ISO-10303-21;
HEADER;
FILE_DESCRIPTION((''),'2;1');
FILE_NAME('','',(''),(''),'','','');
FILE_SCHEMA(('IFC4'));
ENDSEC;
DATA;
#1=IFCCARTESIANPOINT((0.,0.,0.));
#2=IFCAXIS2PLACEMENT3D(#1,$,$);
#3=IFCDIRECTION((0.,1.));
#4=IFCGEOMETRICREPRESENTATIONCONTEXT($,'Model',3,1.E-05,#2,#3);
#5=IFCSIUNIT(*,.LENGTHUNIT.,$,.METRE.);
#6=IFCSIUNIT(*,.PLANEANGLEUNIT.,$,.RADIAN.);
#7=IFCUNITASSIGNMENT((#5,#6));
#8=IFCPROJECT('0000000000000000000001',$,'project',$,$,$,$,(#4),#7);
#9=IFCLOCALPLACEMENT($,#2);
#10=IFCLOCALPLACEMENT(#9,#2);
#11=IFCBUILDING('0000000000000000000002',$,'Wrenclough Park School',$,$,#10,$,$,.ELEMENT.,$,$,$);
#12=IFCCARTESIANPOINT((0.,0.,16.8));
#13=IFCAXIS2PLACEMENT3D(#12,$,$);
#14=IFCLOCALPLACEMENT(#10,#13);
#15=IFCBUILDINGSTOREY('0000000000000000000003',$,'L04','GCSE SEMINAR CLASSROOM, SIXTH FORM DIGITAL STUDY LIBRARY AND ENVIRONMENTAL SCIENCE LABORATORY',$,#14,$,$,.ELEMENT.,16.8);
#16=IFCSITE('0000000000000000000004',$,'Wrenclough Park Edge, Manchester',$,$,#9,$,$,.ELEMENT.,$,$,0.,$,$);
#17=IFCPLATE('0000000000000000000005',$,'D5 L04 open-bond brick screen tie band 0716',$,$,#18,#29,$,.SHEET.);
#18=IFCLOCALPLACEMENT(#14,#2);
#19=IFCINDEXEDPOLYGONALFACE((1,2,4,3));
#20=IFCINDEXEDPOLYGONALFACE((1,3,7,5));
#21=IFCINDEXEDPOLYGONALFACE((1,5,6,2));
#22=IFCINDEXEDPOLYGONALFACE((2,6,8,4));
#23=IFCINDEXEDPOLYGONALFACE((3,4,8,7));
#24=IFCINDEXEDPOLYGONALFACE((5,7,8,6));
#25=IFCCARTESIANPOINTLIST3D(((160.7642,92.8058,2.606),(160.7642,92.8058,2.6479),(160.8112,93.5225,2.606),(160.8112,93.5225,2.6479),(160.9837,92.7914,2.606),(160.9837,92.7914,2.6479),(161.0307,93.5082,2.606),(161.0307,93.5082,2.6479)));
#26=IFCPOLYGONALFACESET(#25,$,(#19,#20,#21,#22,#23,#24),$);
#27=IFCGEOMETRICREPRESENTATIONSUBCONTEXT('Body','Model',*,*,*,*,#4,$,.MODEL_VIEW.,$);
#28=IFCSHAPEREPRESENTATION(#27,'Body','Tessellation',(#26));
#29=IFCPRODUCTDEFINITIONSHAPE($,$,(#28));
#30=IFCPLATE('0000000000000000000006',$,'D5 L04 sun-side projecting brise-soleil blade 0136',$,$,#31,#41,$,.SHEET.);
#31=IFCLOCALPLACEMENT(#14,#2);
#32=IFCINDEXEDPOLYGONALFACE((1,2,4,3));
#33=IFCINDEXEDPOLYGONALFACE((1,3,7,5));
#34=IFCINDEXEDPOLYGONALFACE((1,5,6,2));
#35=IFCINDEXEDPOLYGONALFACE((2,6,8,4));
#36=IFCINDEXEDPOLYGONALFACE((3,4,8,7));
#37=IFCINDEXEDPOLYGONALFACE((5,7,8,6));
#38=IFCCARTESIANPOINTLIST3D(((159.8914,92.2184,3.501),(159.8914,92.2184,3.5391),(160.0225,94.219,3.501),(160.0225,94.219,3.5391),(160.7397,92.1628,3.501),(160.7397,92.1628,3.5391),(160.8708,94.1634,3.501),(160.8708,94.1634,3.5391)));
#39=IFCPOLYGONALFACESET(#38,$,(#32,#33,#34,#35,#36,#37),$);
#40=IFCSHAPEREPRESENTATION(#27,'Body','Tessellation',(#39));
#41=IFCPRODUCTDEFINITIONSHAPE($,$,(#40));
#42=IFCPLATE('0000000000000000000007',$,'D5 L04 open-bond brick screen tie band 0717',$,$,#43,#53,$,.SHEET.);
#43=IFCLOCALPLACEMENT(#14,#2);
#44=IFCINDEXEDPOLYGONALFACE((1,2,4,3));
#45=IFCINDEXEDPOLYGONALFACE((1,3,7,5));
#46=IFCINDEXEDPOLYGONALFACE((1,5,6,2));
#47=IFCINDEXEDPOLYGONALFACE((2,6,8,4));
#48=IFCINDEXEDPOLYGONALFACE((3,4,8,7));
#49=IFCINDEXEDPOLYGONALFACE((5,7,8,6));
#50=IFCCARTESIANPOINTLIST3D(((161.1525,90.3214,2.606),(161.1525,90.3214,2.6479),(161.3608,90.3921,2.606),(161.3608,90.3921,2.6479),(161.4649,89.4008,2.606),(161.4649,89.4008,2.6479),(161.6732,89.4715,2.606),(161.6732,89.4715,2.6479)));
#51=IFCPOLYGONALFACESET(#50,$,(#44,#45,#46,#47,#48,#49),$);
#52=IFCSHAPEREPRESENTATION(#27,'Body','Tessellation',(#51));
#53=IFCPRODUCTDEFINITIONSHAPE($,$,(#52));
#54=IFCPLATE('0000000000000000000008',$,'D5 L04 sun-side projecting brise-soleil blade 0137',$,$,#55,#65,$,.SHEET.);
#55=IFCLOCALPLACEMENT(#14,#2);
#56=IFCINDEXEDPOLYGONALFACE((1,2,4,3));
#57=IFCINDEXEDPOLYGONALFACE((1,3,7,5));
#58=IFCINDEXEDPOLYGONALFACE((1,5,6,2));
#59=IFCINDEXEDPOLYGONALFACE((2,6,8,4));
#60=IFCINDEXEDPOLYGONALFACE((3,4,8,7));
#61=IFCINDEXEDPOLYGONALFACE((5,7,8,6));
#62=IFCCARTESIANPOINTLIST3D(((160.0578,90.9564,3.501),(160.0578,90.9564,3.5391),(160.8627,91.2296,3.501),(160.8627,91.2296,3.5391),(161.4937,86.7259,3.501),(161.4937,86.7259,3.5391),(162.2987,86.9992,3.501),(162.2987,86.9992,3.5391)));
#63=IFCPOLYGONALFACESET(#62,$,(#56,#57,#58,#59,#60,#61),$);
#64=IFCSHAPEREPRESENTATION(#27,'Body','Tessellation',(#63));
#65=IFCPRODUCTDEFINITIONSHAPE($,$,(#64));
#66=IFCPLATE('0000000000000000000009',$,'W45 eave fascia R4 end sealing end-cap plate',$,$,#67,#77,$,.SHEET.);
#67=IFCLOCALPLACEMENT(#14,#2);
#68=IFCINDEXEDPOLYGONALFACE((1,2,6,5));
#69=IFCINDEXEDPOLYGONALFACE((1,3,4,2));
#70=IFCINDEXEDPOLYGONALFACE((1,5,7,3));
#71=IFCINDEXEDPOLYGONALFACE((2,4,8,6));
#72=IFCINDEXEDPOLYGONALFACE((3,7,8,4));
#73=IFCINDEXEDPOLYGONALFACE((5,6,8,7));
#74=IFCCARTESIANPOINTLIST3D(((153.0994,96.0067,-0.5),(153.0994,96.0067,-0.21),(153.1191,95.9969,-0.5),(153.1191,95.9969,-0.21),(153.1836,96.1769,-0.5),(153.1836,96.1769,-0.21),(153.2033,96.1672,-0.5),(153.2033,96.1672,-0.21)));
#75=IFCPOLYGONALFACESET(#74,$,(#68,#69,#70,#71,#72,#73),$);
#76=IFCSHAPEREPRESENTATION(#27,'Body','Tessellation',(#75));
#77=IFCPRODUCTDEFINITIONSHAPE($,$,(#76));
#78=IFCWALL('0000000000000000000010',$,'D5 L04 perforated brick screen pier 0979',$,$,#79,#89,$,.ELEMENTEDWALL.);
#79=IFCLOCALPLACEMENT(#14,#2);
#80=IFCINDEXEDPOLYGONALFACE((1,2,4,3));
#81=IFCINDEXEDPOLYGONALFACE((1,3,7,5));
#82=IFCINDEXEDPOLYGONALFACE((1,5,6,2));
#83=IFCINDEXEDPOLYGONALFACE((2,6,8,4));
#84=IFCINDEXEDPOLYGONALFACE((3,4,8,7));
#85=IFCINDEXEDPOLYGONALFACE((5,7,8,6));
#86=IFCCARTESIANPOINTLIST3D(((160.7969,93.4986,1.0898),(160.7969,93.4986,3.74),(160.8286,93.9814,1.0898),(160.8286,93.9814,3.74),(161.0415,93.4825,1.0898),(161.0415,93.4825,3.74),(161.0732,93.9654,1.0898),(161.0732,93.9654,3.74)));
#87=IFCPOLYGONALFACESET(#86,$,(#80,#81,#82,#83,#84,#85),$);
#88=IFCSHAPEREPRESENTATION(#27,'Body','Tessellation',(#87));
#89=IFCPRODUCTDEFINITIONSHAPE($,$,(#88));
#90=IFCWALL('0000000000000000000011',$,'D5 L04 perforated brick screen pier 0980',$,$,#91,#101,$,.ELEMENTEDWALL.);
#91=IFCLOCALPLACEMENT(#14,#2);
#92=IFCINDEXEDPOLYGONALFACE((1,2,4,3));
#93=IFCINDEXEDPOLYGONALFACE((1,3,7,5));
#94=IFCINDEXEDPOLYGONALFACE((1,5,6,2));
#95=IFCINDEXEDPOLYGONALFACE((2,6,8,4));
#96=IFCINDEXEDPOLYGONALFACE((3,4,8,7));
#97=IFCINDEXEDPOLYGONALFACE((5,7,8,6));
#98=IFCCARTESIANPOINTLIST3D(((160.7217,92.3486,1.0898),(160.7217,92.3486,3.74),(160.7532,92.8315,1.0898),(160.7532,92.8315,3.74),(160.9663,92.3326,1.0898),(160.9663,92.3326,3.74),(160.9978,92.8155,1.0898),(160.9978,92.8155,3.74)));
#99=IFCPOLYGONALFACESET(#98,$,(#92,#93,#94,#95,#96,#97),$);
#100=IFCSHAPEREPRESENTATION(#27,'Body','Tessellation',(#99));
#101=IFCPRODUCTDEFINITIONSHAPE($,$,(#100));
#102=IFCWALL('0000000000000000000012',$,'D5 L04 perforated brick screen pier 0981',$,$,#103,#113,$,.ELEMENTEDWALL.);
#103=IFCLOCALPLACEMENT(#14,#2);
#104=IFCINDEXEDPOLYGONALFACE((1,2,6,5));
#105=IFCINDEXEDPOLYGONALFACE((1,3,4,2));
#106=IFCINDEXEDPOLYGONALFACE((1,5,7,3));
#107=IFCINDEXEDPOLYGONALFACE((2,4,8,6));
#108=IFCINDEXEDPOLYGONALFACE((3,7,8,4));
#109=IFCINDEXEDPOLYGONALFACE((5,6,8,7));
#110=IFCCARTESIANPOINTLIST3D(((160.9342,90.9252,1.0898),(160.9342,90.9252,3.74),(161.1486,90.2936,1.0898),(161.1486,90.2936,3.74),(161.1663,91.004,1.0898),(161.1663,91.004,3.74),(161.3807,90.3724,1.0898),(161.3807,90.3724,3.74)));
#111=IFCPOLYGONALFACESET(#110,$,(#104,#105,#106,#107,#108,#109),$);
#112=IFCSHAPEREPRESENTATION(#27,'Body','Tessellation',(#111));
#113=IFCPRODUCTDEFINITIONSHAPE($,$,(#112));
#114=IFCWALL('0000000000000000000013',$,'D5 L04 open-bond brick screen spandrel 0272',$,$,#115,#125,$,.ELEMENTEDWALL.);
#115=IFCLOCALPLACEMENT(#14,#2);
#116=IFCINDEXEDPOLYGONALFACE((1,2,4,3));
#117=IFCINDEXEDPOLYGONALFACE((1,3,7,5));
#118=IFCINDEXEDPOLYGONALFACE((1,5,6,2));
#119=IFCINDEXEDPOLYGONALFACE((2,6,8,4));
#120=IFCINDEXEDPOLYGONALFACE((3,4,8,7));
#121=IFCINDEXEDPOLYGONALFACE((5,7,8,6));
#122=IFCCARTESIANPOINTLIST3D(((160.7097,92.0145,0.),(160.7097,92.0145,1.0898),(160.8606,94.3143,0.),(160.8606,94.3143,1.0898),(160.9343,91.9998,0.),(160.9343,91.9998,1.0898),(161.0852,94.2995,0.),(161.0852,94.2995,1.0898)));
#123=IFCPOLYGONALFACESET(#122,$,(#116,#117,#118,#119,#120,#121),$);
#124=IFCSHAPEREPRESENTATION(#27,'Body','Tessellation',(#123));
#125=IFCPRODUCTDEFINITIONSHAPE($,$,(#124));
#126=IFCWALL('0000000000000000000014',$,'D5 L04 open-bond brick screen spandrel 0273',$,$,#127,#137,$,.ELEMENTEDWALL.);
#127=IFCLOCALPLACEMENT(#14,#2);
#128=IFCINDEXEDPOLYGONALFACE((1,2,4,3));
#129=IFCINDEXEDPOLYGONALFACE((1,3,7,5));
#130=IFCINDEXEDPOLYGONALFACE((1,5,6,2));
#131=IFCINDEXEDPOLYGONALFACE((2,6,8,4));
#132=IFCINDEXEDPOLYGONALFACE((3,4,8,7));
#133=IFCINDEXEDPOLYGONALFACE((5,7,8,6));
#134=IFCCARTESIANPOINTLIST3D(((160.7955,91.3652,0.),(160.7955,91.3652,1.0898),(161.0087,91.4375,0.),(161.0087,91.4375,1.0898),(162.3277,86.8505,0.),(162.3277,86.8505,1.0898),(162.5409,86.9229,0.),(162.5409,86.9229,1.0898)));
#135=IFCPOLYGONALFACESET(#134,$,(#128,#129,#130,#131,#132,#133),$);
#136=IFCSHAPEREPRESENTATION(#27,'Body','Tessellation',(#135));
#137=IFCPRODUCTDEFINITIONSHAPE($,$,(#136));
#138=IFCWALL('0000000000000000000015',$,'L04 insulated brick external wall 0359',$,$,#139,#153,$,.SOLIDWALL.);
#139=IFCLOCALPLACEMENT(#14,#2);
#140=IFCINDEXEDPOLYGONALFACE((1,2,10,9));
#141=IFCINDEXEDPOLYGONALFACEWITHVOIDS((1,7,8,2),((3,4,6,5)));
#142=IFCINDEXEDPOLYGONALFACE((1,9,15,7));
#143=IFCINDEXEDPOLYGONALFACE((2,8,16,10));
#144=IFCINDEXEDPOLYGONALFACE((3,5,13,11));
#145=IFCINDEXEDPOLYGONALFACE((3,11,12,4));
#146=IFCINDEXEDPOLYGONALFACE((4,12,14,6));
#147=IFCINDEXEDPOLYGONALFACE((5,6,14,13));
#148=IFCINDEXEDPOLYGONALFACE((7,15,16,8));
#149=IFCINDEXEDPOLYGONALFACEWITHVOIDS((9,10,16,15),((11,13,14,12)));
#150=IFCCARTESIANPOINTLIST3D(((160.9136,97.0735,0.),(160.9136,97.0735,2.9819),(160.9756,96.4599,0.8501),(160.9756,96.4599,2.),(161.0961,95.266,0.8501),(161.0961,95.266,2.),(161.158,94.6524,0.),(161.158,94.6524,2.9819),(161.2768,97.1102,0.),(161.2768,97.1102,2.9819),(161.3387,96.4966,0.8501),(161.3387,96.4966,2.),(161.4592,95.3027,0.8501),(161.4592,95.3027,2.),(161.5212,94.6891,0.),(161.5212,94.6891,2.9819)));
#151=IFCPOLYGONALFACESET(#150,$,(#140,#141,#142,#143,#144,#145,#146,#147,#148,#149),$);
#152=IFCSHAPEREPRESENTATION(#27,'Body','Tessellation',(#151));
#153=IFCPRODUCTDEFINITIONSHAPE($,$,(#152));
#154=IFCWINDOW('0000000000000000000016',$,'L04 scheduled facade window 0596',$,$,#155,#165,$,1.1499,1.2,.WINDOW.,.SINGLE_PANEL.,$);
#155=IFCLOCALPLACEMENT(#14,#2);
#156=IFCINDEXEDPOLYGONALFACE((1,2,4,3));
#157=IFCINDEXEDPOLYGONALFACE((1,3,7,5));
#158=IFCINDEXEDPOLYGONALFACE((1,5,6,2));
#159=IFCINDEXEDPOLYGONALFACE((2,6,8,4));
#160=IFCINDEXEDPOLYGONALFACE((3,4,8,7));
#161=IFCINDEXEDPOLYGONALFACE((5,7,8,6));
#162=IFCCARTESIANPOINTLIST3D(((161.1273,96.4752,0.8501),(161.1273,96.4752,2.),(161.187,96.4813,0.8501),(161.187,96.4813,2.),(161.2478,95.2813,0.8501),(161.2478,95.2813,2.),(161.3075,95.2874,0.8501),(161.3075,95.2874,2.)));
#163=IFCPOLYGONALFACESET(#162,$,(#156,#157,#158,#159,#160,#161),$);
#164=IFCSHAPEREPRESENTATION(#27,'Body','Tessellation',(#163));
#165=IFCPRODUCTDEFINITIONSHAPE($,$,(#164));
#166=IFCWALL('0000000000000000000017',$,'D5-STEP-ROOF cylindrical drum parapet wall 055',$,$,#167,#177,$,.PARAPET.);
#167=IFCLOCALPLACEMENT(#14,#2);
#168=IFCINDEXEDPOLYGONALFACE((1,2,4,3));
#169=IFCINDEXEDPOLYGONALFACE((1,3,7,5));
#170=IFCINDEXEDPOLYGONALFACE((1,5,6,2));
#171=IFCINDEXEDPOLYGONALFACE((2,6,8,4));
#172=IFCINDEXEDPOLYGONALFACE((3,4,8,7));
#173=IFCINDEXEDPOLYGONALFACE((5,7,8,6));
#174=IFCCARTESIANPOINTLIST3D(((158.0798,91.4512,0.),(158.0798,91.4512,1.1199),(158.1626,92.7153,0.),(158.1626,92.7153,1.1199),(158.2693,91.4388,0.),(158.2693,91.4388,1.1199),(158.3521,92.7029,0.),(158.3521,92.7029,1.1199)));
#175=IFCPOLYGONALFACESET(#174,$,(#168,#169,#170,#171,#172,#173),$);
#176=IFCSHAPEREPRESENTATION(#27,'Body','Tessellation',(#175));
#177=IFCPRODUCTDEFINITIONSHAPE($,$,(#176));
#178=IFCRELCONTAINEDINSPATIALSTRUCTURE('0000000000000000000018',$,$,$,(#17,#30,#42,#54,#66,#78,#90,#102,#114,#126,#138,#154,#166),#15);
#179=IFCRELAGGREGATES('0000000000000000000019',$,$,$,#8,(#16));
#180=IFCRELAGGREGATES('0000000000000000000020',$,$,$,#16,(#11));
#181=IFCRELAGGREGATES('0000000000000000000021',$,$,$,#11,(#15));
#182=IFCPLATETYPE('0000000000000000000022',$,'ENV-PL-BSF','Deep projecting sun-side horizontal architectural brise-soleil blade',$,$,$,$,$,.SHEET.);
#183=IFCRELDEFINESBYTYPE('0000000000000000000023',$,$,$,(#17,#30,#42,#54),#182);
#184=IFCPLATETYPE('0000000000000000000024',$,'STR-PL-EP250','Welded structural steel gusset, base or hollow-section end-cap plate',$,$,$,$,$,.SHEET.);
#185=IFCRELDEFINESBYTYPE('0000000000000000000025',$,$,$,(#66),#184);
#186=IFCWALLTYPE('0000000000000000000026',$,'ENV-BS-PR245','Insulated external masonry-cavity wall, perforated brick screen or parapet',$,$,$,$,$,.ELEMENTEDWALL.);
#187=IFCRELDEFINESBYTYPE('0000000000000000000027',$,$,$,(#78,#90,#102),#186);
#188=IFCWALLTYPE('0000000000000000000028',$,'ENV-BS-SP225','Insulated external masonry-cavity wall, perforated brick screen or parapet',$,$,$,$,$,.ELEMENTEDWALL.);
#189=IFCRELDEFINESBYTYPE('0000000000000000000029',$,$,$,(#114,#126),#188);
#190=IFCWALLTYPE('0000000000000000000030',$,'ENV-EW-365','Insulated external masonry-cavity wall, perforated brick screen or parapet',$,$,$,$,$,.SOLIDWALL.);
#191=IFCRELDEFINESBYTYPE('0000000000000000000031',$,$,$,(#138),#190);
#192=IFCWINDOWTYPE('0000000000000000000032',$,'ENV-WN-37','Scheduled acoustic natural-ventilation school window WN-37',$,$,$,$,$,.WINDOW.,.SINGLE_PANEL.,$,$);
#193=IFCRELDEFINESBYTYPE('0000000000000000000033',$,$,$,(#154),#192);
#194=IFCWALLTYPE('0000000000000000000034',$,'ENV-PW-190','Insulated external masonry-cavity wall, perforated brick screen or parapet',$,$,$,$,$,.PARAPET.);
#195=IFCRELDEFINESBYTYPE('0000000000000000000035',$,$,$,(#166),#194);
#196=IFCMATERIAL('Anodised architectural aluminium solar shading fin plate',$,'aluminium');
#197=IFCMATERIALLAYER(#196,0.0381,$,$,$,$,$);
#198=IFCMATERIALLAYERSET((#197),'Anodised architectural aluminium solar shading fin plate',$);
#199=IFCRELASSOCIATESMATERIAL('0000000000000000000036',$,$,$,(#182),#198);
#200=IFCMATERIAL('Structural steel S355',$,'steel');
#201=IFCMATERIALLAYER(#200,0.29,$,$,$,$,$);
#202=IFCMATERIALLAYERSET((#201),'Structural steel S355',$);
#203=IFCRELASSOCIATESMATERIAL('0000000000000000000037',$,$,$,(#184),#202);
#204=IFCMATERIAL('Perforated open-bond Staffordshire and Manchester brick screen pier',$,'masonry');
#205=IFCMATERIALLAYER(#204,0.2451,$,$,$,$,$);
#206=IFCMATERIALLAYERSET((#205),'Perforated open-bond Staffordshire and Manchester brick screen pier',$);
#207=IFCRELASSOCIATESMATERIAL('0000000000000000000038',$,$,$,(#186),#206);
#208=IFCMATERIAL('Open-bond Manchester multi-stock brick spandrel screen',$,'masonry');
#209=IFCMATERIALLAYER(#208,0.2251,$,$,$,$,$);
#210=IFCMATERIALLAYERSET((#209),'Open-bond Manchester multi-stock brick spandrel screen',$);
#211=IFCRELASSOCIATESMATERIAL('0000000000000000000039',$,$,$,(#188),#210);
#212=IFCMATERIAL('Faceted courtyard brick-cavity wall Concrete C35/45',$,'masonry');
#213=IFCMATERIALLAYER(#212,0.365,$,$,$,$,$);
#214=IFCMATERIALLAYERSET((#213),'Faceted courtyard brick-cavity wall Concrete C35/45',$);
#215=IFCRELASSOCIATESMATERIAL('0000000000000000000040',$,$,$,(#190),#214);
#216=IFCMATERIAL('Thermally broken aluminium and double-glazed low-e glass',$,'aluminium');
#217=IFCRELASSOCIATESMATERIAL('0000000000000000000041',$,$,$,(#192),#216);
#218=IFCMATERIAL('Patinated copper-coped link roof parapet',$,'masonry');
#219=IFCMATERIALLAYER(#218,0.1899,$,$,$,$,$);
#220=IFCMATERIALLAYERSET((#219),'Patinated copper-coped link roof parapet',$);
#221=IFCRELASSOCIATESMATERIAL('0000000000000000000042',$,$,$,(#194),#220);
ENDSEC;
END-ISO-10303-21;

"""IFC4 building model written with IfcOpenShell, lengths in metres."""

from ifc_helpers import new_model, si_unit, direction, frame, frame_2d, origin, origin_2d, place, context, subcontext, project, spatial, rectangle, extrude, material, layer, layer_set, type_object, element, fill, save


model = new_model("IFC4")

# Units and contexts
model_context = context("Model", 3, precision=1e-05, world=origin(), true_north=direction((0.0, 1.0)))
body_context = subcontext(model_context, "Body", "Model", "MODEL_VIEW")
ifc_project = project(units=[si_unit("LENGTHUNIT", "METRE"), si_unit("PLANEANGLEUNIT", "RADIAN")], contexts=[model_context])

# Site, building, storey
site_placement = place(None, origin())
site = spatial("IfcSite", under=ifc_project, at=site_placement, Name="Wrenclough Park Edge, Manchester", CompositionType="ELEMENT", RefElevation=0.0)
building_placement = place(site_placement, origin())
building = spatial("IfcBuilding", under=site, at=building_placement, Name="Wrenclough Park School", CompositionType="ELEMENT")
storey_placement = place(building_placement, frame((0.0, 0.0, 16.8)))
storey = spatial("IfcBuildingStorey", under=building, at=storey_placement, Name="L04", Description="GCSE SEMINAR CLASSROOM, SIXTH FORM DIGITAL STUDY LIBRARY AND ENVIRONMENTAL SCIENCE LABORATORY", CompositionType="ELEMENT", Elevation=16.8)

# Shared definitions
ifc_material_1 = material(Name="Structural steel S355", Category="steel")

# Plates
ifc_material_2 = material(Name="Anodised architectural aluminium solar shading fin plate", Category="aluminium")
ifc_layer_1 = layer(ifc_material_2, 0.0381)
ifc_layer_set_1 = layer_set([ifc_layer_1], Name="Anodised architectural aluminium solar shading fin plate")
plate_type_1 = type_object("IfcPlateType", Name="ENV-PL-BSF", Description="Deep projecting sun-side horizontal architectural brise-soleil blade", PredefinedType="SHEET", material=ifc_layer_set_1)
plate_1_placement = place(storey_placement, frame((160.8975, 93.157, 2.606), z_axis=(0.0, 0.0, 1.0), x_axis=(-0.065384, -0.99786, 0.0)))
element("IfcPlate", 1, at=plate_1_placement, inside=storey, type_object=plate_type_1, Name="D5 L04 open-bond brick screen tie band 0716", PredefinedType="SHEET", context=body_context, shape_type="SweptSolid", body=[
    extrude(rectangle(XDim=0.7183, YDim=0.22, at=origin_2d()), origin(), (0.0, 0.0, 1.0), 0.042),
])
plate_2_placement = place(storey_placement, frame((160.3811, 93.1909, 3.501), z_axis=(0.0, 0.0, 1.0), x_axis=(-0.065384, -0.99786, 0.0)))
element("IfcPlate", 2, at=plate_2_placement, inside=storey, type_object=plate_type_1, Name="D5 L04 sun-side projecting brise-soleil blade 0136", PredefinedType="SHEET", context=body_context, shape_type="SweptSolid", body=[
    extrude(rectangle(XDim=2.0049, YDim=0.8501, at=origin_2d()), origin(), (0.0, 0.0, 1.0), 0.0381),
])
plate_3_placement = place(storey_placement, frame((161.4128, 89.8965, 2.606), z_axis=(0.0, 0.0, 1.0), x_axis=(0.321421, -0.946937, 0.0)))
element("IfcPlate", 3, at=plate_3_placement, inside=storey, type_object=plate_type_1, Name="D5 L04 open-bond brick screen tie band 0717", PredefinedType="SHEET", context=body_context, shape_type="SweptSolid", body=[
    extrude(rectangle(XDim=0.9722, YDim=0.22, at=origin_2d()), origin(), (0.0, 0.0, 1.0), 0.042),
])
plate_4_placement = place(storey_placement, frame((161.1782, 88.9778, 3.501), z_axis=(0.0, 0.0, 1.0), x_axis=(0.321421, -0.946937, 0.0)))
element("IfcPlate", 4, at=plate_4_placement, inside=storey, type_object=plate_type_1, Name="D5 L04 sun-side projecting brise-soleil blade 0137", PredefinedType="SHEET", context=body_context, shape_type="SweptSolid", body=[
    extrude(rectangle(XDim=4.4675, YDim=0.8501, at=origin_2d()), origin(), (0.0, 0.0, 1.0), 0.0381),
])
ifc_layer_2 = layer(ifc_material_1, 0.29)
ifc_layer_set_2 = layer_set([ifc_layer_2], Name="Structural steel S355")
plate_type_2 = type_object("IfcPlateType", Name="STR-PL-EP250", Description="Welded structural steel gusset, base or hollow-section end-cap plate", PredefinedType="SHEET", material=ifc_layer_set_2)
plate_5_placement = place(storey_placement, frame((153.1514, 96.0869, -0.5), z_axis=(0.0, 0.0, 1.0), x_axis=(0.896254, -0.443541, 0.0)))
element("IfcPlate", 5, at=plate_5_placement, inside=storey, type_object=plate_type_2, Name="W45 eave fascia R4 end sealing end-cap plate", PredefinedType="SHEET", context=body_context, shape_type="SweptSolid", body=[
    extrude(rectangle(XDim=0.022, YDim=0.1899, at=origin_2d()), origin(), (0.0, 0.0, 1.0), 0.29),
])

# Walls
ifc_material_3 = material(Name="Perforated open-bond Staffordshire and Manchester brick screen pier", Category="masonry")
ifc_layer_3 = layer(ifc_material_3, 0.2451)
ifc_layer_set_3 = layer_set([ifc_layer_3], Name="Perforated open-bond Staffordshire and Manchester brick screen pier")
wall_type_1 = type_object("IfcWallType", Name="ENV-BS-PR245", Description="Insulated external masonry-cavity wall, perforated brick screen or parapet", PredefinedType="ELEMENTEDWALL", material=ifc_layer_set_3)
for number, where, z_axis, x_axis, name in (
    (6, (160.9509, 93.9734, 1.0898), (0.0, 0.0, 1.0), (-0.065581, -0.997847, 0.0), "D5 L04 perforated brick screen pier 0979"),
    (7, (160.8755, 92.8235, 1.0898), (0.0, 0.0, 1.0), (-0.065079, -0.99788, 0.0), "D5 L04 perforated brick screen pier 0980"),
):
    element("IfcWall", number, at=place(storey_placement, frame(where, z_axis=z_axis, x_axis=x_axis)), inside=storey, type_object=wall_type_1, Name=name, PredefinedType="ELEMENTEDWALL", context=body_context, shape_type="SweptSolid", body=[
        extrude(rectangle(XDim=0.4839, YDim=0.2451, at=frame_2d((0.2419, 0.0))), origin(), (0.0, 0.0, 1.0), 2.6501),
    ])
wall_1_placement = place(storey_placement, frame((161.0503, 90.9646, 1.0898), z_axis=(0.0, 0.0, 1.0), x_axis=(0.321384, -0.946949, 0.0)))
element("IfcWall", 8, at=wall_1_placement, inside=storey, type_object=wall_type_1, Name="D5 L04 perforated brick screen pier 0981", PredefinedType="ELEMENTEDWALL", context=body_context, shape_type="SweptSolid", body=[
    extrude(rectangle(XDim=0.667, YDim=0.2451, at=frame_2d((0.3335, 0.0))), origin(), (0.0, 0.0, 1.0), 2.6501),
])
ifc_material_4 = material(Name="Open-bond Manchester multi-stock brick spandrel screen", Category="masonry")
ifc_layer_4 = layer(ifc_material_4, 0.2251)
ifc_layer_set_4 = layer_set([ifc_layer_4], Name="Open-bond Manchester multi-stock brick spandrel screen")
wall_type_2 = type_object("IfcWallType", Name="ENV-BS-SP225", Description="Insulated external masonry-cavity wall, perforated brick screen or parapet", PredefinedType="ELEMENTEDWALL", material=ifc_layer_set_4)
wall_2_placement = place(storey_placement, frame((160.9729, 94.3069, 0.0), z_axis=(0.0, 0.0, 1.0), x_axis=(-0.065464, -0.997855, 0.0)))
element("IfcWall", 9, at=wall_2_placement, inside=storey, type_object=wall_type_2, Name="D5 L04 open-bond brick screen spandrel 0272", PredefinedType="ELEMENTEDWALL", context=body_context, shape_type="SweptSolid", body=[
    extrude(rectangle(XDim=2.3047, YDim=0.2251, at=frame_2d((1.1523, 0.0))), origin(), (0.0, 0.0, 1.0), 1.0898),
])
wall_3_placement = place(storey_placement, frame((160.9021, 91.4014, 0.0), z_axis=(0.0, 0.0, 1.0), x_axis=(0.321385, -0.946949, 0.0)))
element("IfcWall", 10, at=wall_3_placement, inside=storey, type_object=wall_type_2, Name="D5 L04 open-bond brick screen spandrel 0273", PredefinedType="ELEMENTEDWALL", context=body_context, shape_type="SweptSolid", body=[
    extrude(rectangle(XDim=4.7676, YDim=0.2251, at=frame_2d((2.3838, 0.0))), origin(), (0.0, 0.0, 1.0), 1.0898),
])

# Wall, opening, window
ifc_material_5 = material(Name="Faceted courtyard brick-cavity wall Concrete C35/45", Category="masonry")
ifc_layer_5 = layer(ifc_material_5, 0.365)
ifc_layer_set_5 = layer_set([ifc_layer_5], Name="Faceted courtyard brick-cavity wall Concrete C35/45")
wall_type_3 = type_object("IfcWallType", Name="ENV-EW-365", Description="Insulated external masonry-cavity wall, perforated brick screen or parapet", PredefinedType="SOLIDWALL", material=ifc_layer_set_5)
wall_4_placement = place(storey_placement, frame((161.3396, 94.6707, 0.0), z_axis=(0.0, 0.0, 1.0), x_axis=(-0.100427, 0.994944, 0.0)))
wall_4 = element("IfcWall", 11, at=wall_4_placement, inside=storey, type_object=wall_type_3, Name="L04 insulated brick external wall 0359", PredefinedType="SOLIDWALL", context=body_context, shape_type="SweptSolid", body=[
    extrude(rectangle(XDim=2.4333, YDim=0.365, at=frame_2d((1.2168, 0.0))), origin(), (0.0, 0.0, 1.0), 2.9819),
])
opening_placement = place(wall_4_placement, frame((0.6167, 0.0, 0.8501)))
opening = element("IfcOpeningElement", 12, at=opening_placement, cuts=wall_4, PredefinedType="OPENING", context=body_context, shape_type="SweptSolid", body=[
    extrude(rectangle(XDim=1.2, YDim=1.1499, at=frame_2d((0.6001, 0.575))), frame((0.0, 0.1924, 0.0), z_axis=(0.0, -1.0, 0.0), x_axis=(1.0, 0.0, 0.0)), (0.0, 0.0, 1.0), 0.385),
])
ifc_material_6 = material(Name="Thermally broken aluminium and double-glazed low-e glass", Category="aluminium")
window_type = type_object("IfcWindowType", Name="ENV-WN-37", Description="Scheduled acoustic natural-ventilation school window WN-37", PartitioningType="SINGLE_PANEL", PredefinedType="WINDOW", material=ifc_material_6)
window_placement = place(opening_placement, origin())
window = element("IfcWindow", 13, at=window_placement, inside=storey, type_object=window_type, Name="L04 scheduled facade window 0596", OverallHeight=1.1499, OverallWidth=1.2, PartitioningType="SINGLE_PANEL", PredefinedType="WINDOW", context=body_context, shape_type="SweptSolid", body=[
    extrude(rectangle(XDim=1.2, YDim=1.1499, at=frame_2d((0.6001, 0.575))), frame((0.0, 0.03, 0.0), z_axis=(0.0, -1.0, 0.0), x_axis=(1.0, 0.0, 0.0)), (0.0, 0.0, 1.0), 0.0601),
])
fill(opening, window)

# Wall
ifc_material_7 = material(Name="Patinated copper-coped link roof parapet", Category="masonry")
ifc_layer_6 = layer(ifc_material_7, 0.1899)
ifc_layer_set_6 = layer_set([ifc_layer_6], Name="Patinated copper-coped link roof parapet")
wall_type_4 = type_object("IfcWallType", Name="ENV-PW-190", Description="Insulated external masonry-cavity wall, perforated brick screen or parapet", PredefinedType="PARAPET", material=ifc_layer_set_6)
wall_5_placement = place(storey_placement, frame((158.2573, 92.709, 0.0), z_axis=(0.0, 0.0, 1.0), x_axis=(-0.065329, -0.997864, 0.0)))
element("IfcWall", 14, at=wall_5_placement, inside=storey, type_object=wall_type_4, Name="D5-STEP-ROOF cylindrical drum parapet wall 055", PredefinedType="PARAPET", context=body_context, shape_type="SweptSolid", body=[
    extrude(rectangle(XDim=1.2668, YDim=0.1899, at=frame_2d((0.6333, 0.0))), origin(), (0.0, 0.0, 1.0), 1.1199),
])

save(model, "model.ifc")
